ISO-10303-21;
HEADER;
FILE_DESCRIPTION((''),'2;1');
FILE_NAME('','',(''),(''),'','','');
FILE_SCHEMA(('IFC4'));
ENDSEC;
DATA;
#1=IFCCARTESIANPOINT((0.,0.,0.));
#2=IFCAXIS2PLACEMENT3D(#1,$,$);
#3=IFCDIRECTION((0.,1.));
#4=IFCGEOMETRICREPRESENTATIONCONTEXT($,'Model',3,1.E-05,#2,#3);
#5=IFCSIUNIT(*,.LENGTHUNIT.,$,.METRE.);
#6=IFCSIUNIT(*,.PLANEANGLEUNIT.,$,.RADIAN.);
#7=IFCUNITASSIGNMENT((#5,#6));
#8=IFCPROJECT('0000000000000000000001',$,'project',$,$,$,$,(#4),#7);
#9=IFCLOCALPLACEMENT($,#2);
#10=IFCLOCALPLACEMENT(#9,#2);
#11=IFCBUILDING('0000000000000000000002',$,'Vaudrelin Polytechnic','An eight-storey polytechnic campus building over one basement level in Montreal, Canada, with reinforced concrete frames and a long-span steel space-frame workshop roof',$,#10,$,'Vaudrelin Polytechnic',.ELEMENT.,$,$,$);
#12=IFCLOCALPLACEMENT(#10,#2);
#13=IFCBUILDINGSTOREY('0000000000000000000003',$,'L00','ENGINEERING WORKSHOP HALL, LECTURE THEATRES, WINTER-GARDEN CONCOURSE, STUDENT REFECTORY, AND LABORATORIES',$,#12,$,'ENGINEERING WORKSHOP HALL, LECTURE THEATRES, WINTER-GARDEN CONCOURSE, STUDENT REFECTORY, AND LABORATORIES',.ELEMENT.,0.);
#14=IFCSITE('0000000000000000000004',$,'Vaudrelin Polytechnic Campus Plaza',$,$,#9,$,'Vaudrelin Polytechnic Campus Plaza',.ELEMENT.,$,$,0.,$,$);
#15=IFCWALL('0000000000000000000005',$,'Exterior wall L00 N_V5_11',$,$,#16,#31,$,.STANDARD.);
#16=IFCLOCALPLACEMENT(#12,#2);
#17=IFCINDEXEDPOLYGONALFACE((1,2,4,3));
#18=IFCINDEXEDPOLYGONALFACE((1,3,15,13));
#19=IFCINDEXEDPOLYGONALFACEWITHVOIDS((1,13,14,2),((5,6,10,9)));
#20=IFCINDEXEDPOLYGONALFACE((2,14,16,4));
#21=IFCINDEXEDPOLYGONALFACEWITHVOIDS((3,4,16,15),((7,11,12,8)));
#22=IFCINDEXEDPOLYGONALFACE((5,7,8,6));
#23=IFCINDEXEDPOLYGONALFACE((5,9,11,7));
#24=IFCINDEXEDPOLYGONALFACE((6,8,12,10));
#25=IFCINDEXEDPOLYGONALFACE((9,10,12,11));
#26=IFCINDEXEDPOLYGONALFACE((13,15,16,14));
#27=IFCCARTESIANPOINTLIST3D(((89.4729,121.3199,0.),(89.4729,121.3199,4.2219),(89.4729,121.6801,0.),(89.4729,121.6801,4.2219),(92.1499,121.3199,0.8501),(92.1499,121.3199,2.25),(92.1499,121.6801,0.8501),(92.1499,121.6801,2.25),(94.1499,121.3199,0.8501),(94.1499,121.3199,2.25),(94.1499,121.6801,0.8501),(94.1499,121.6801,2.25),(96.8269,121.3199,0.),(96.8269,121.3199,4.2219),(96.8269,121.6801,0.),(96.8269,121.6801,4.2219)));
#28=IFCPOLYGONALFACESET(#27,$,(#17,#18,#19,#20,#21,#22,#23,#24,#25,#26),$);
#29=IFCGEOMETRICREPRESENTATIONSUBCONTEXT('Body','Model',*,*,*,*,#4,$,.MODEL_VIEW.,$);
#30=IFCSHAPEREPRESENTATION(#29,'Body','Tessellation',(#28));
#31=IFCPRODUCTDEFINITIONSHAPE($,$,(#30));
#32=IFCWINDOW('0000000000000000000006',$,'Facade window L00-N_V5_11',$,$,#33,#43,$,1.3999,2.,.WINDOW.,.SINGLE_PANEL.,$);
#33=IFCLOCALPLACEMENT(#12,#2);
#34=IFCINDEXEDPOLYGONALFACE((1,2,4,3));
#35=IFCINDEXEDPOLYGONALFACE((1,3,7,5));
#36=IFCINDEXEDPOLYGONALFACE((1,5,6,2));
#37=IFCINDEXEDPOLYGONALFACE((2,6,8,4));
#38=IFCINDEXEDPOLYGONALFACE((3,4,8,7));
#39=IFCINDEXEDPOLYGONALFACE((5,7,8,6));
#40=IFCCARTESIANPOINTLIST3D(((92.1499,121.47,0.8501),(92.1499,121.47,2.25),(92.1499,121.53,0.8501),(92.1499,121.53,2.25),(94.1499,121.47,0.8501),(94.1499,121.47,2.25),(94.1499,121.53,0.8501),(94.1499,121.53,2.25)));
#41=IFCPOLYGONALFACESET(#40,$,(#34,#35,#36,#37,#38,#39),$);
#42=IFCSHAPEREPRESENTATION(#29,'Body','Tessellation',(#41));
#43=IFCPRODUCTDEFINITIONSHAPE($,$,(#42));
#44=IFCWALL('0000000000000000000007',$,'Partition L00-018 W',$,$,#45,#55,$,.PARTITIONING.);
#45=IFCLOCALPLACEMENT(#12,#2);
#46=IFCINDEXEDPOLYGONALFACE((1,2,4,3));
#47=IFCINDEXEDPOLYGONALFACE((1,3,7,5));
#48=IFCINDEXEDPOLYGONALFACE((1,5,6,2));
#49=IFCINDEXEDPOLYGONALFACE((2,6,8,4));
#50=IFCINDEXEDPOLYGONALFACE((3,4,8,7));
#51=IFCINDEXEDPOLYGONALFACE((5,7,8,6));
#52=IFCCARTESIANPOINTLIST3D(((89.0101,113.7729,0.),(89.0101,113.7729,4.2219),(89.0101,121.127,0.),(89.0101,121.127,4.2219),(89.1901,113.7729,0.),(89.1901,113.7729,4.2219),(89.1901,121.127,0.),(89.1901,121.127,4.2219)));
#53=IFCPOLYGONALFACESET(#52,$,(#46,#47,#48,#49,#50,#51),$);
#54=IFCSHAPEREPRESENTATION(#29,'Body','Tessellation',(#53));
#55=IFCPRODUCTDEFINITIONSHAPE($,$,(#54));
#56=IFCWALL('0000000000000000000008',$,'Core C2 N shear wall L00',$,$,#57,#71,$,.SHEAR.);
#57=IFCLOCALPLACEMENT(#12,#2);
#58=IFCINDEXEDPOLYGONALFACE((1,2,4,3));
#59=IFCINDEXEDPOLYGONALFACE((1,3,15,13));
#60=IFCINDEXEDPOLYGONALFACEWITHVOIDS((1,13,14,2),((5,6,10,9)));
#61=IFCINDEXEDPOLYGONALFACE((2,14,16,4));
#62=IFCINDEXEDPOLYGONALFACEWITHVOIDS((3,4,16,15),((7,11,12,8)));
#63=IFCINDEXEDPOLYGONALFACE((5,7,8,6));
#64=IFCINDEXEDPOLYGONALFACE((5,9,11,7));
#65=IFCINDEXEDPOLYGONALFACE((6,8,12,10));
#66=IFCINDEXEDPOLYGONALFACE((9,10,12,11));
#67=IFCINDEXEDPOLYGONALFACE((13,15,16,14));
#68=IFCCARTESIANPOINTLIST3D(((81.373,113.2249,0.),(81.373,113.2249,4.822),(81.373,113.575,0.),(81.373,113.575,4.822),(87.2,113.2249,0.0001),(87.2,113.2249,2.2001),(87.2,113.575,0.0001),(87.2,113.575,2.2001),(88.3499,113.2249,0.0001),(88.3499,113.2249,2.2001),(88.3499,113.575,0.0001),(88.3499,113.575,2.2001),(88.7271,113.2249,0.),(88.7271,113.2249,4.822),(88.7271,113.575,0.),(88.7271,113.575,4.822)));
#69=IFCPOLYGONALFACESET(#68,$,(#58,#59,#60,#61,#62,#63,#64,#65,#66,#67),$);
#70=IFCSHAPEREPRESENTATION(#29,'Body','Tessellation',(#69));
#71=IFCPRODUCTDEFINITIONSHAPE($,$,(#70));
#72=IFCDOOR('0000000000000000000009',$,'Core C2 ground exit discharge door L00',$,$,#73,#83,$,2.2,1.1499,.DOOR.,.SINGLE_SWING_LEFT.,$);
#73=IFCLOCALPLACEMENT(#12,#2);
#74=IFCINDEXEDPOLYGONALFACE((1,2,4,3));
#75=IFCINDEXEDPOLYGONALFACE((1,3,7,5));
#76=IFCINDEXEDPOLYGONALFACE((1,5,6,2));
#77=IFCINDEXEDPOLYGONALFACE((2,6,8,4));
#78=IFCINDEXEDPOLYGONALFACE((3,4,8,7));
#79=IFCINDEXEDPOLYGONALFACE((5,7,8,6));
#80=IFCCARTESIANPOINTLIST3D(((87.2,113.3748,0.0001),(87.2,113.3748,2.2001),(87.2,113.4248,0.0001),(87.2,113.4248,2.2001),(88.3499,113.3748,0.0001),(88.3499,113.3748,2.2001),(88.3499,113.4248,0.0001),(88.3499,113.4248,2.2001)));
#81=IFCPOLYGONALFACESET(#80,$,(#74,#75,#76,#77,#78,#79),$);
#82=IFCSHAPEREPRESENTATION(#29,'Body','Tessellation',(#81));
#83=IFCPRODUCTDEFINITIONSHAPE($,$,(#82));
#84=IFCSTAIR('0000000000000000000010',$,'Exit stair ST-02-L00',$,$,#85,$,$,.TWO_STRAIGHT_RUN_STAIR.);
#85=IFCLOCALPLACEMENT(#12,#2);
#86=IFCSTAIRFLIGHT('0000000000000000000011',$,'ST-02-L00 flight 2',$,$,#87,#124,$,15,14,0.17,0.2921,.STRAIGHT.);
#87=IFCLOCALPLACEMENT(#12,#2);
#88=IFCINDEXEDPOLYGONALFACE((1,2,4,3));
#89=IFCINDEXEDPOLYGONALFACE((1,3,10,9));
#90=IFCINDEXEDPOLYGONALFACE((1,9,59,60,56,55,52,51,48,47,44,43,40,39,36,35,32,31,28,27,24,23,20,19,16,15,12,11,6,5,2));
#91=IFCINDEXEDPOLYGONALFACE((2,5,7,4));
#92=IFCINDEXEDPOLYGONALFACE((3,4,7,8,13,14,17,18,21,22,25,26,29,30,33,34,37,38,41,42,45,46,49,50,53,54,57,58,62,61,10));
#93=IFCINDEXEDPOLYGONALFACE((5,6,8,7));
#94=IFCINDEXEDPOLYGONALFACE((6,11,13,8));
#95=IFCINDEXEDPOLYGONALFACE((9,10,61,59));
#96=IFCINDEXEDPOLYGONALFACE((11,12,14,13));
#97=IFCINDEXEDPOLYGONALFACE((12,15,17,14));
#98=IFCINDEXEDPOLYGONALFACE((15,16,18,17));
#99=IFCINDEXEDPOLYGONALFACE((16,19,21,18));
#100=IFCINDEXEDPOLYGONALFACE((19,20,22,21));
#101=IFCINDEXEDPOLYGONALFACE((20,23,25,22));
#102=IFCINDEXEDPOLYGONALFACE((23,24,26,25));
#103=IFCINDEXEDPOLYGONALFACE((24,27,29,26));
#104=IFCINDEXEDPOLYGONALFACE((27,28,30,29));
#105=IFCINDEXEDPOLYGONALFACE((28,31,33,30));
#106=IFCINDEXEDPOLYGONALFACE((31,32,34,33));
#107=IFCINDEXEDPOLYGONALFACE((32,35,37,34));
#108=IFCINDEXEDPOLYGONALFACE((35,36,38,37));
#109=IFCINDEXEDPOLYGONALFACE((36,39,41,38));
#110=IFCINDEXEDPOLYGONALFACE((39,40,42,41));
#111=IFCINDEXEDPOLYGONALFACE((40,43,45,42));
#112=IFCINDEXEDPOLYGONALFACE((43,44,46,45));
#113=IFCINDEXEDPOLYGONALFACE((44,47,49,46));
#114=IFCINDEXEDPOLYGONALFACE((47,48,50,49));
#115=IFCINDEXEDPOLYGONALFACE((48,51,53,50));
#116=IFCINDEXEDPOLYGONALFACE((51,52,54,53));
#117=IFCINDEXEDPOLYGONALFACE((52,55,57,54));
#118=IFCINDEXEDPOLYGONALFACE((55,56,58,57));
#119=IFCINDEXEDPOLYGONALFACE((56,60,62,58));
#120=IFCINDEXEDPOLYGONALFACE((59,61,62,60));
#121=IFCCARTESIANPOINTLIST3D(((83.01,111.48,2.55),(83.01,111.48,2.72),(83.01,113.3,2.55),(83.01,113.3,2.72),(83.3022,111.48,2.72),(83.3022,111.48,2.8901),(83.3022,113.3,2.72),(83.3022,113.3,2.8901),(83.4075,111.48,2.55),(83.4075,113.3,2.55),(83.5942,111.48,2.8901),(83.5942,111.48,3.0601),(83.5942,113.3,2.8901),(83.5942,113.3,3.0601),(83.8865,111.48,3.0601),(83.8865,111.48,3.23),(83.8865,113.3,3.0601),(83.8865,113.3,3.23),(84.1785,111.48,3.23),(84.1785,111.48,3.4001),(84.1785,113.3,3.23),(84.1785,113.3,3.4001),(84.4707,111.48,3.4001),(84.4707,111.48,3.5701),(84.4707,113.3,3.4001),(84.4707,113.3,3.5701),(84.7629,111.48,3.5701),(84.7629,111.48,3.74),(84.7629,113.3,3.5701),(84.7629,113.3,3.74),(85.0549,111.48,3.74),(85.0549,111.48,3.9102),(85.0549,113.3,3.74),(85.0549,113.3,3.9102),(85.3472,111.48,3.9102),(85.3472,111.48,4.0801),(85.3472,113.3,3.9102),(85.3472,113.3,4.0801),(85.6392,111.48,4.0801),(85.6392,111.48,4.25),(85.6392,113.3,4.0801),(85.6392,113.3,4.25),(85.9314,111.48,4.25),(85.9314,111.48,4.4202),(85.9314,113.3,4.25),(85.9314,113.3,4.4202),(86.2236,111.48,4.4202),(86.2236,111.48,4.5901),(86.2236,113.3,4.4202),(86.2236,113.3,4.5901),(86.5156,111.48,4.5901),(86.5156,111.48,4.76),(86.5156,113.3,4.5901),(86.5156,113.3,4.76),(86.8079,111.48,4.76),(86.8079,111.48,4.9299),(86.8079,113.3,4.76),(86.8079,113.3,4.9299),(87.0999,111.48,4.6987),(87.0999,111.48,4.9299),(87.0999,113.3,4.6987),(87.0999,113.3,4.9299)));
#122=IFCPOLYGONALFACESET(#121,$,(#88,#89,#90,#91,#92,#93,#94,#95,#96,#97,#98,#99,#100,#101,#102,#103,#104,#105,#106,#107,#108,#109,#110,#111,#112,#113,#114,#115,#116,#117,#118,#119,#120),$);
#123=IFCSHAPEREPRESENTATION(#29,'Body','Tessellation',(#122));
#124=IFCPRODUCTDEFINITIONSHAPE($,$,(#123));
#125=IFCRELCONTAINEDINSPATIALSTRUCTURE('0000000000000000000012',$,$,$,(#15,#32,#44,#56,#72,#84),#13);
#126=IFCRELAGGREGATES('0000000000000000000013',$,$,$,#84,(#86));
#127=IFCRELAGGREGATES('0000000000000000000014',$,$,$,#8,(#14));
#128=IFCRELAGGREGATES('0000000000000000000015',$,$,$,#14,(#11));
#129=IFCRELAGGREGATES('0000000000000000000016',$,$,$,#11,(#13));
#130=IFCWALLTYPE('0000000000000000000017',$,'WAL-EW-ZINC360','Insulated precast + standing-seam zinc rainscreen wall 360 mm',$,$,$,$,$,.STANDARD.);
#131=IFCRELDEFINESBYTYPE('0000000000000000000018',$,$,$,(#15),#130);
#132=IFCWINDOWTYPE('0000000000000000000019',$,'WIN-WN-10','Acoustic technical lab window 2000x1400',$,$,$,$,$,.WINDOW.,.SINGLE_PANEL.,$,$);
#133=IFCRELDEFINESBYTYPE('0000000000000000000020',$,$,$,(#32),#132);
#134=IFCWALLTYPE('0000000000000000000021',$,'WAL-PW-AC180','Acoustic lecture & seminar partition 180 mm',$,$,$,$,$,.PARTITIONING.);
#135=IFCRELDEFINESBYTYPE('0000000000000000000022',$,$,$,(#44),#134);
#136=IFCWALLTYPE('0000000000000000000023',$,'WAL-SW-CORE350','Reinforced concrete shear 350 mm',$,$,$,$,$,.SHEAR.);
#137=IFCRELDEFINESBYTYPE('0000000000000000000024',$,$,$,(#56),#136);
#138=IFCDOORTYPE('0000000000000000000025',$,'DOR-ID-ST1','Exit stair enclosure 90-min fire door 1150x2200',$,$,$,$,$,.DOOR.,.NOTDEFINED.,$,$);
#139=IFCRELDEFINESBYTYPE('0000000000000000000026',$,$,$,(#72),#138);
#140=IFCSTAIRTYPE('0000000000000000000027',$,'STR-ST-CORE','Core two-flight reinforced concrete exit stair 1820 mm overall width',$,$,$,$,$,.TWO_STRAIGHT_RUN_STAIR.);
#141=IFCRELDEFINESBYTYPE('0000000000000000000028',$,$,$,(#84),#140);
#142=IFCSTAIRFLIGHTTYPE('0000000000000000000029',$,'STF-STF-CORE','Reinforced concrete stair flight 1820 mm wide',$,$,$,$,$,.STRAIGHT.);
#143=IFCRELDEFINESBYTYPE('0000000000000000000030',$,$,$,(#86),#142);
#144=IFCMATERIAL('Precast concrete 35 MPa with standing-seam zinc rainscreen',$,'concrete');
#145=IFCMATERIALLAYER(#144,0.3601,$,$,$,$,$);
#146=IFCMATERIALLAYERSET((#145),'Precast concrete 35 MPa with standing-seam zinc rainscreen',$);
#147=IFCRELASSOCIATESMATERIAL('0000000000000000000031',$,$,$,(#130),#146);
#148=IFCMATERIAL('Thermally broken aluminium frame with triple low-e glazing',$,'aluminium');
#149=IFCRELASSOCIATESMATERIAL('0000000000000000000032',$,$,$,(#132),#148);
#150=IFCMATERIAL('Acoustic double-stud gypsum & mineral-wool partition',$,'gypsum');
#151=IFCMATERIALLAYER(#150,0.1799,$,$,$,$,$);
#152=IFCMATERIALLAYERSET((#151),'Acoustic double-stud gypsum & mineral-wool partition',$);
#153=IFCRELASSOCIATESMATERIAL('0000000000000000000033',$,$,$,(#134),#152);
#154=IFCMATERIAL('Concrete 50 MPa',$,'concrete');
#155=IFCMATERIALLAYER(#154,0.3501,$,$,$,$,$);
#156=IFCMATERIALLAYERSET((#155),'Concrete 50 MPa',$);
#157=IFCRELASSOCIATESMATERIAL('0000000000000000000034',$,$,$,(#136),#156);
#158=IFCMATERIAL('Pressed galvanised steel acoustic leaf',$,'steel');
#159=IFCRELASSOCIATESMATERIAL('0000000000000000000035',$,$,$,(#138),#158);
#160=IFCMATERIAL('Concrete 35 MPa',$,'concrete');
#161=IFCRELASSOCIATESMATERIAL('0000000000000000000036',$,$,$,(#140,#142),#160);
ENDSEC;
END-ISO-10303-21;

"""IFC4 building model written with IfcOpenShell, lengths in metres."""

from ifc_helpers import new_model, si_unit, direction, frame, frame_2d, origin, place, context, subcontext, project, spatial, polyline, rectangle, outline, extrude, material, layer, layer_set, type_object, element, fill, aggregate, save


model = new_model("IFC4")

# Units and contexts
model_context = context("Model", 3, precision=1e-05, world=origin(), true_north=direction((0.0, 1.0)))
body_context = subcontext(model_context, "Body", "Model", "MODEL_VIEW")
ifc_project = project(units=[si_unit("LENGTHUNIT", "METRE"), si_unit("PLANEANGLEUNIT", "RADIAN")], contexts=[model_context])

# Site, building, storey
site_placement = place(None, origin())
site = spatial("IfcSite", under=ifc_project, at=site_placement, Name="Vaudrelin Polytechnic Campus Plaza", LongName="Vaudrelin Polytechnic Campus Plaza", CompositionType="ELEMENT", RefElevation=0.0)
building_placement = place(site_placement, origin())
building = spatial("IfcBuilding", under=site, at=building_placement, Name="Vaudrelin Polytechnic", Description="An eight-storey polytechnic campus building over one basement level in Montreal, Canada, with reinforced concrete frames and a long-span steel space-frame workshop roof", LongName="Vaudrelin Polytechnic", CompositionType="ELEMENT")
storey_placement = place(building_placement, origin())
storey = spatial("IfcBuildingStorey", under=building, at=storey_placement, Name="L00", Description="ENGINEERING WORKSHOP HALL, LECTURE THEATRES, WINTER-GARDEN CONCOURSE, STUDENT REFECTORY, AND LABORATORIES", LongName="ENGINEERING WORKSHOP HALL, LECTURE THEATRES, WINTER-GARDEN CONCOURSE, STUDENT REFECTORY, AND LABORATORIES", CompositionType="ELEMENT", Elevation=0.0)

# Shared definitions
ifc_material_1 = material(Name="Concrete 50 MPa", Category="concrete")

# Shared definitions
ifc_material_2 = material(Name="Precast concrete 35 MPa with standing-seam zinc rainscreen", Category="concrete")
ifc_layer_1 = layer(ifc_material_2, 0.3601)
ifc_layer_set_1 = layer_set([ifc_layer_1], Name="Precast concrete 35 MPa with standing-seam zinc rainscreen")
wall_type_1 = type_object("IfcWallType", Name="WAL-EW-ZINC360", Description="Insulated precast + standing-seam zinc rainscreen wall 360 mm", PredefinedType="STANDARD", material=ifc_layer_set_1)

# Wall, opening, window
wall_1_placement = place(storey_placement, frame((89.4729, 121.5, 0.0), z_axis=(0.0, 0.0, 1.0), x_axis=(1.0, 0.0, 0.0)))
wall_1 = element("IfcWall", 1, at=wall_1_placement, inside=storey, type_object=wall_type_1, Name="Exterior wall L00 N_V5_11", PredefinedType="STANDARD", context=body_context, shape_type="SweptSolid", body=[
    extrude(rectangle(XDim=7.354, YDim=0.3601, at=frame_2d((3.677, 0.0))), origin(), (0.0, 0.0, 1.0), 4.2219),
])
opening_1_placement = place(wall_1_placement, frame((2.677, 0.0, 0.8501)))
opening_1 = element("IfcOpeningElement", 2, at=opening_1_placement, cuts=wall_1, PredefinedType="OPENING", context=body_context, shape_type="SweptSolid", body=[
    extrude(rectangle(XDim=2.0, YDim=1.3999, at=frame_2d((1.0, 0.7))), frame((0.0, 0.1899, 0.0), z_axis=(0.0, -1.0, 0.0), x_axis=(1.0, 0.0, 0.0)), (0.0, 0.0, 1.0), 0.3801),
])
ifc_material_3 = material(Name="Thermally broken aluminium frame with triple low-e glazing", Category="aluminium")
window_type = type_object("IfcWindowType", Name="WIN-WN-10", Description="Acoustic technical lab window 2000x1400", PartitioningType="SINGLE_PANEL", PredefinedType="WINDOW", material=ifc_material_3)
window_placement = place(opening_1_placement, origin())
window = element("IfcWindow", 3, at=window_placement, inside=storey, type_object=window_type, Name="Facade window L00-N_V5_11", OverallHeight=1.3999, OverallWidth=2.0, PartitioningType="SINGLE_PANEL", PredefinedType="WINDOW", context=body_context, shape_type="SweptSolid", body=[
    extrude(rectangle(XDim=2.0, YDim=1.3999, at=frame_2d((1.0, 0.7))), frame((0.0, 0.03, 0.0), z_axis=(0.0, -1.0, 0.0), x_axis=(1.0, 0.0, 0.0)), (0.0, 0.0, 1.0), 0.0601),
])
fill(opening_1, window)

# Wall
ifc_material_4 = material(Name="Acoustic double-stud gypsum & mineral-wool partition", Category="gypsum")
ifc_layer_2 = layer(ifc_material_4, 0.1799)
ifc_layer_set_2 = layer_set([ifc_layer_2], Name="Acoustic double-stud gypsum & mineral-wool partition")
wall_type_2 = type_object("IfcWallType", Name="WAL-PW-AC180", Description="Acoustic lecture & seminar partition 180 mm", PredefinedType="PARTITIONING", material=ifc_layer_set_2)
wall_2_placement = place(storey_placement, frame((89.1001, 113.7729, 0.0), z_axis=(0.0, 0.0, 1.0), x_axis=(0.0, 1.0, 0.0)))
element("IfcWall", 4, at=wall_2_placement, inside=storey, type_object=wall_type_2, Name="Partition L00-018 W", PredefinedType="PARTITIONING", context=body_context, shape_type="SweptSolid", body=[
    extrude(rectangle(XDim=7.354, YDim=0.1799, at=frame_2d((3.677, 0.0))), origin(), (0.0, 0.0, 1.0), 4.2219),
])

# Wall, opening, door
ifc_layer_3 = layer(ifc_material_1, 0.3501)
ifc_layer_set_3 = layer_set([ifc_layer_3], Name="Concrete 50 MPa")
wall_type_3 = type_object("IfcWallType", Name="WAL-SW-CORE350", Description="Reinforced concrete shear 350 mm", PredefinedType="SHEAR", material=ifc_layer_set_3)
wall_3_placement = place(storey_placement, frame((81.373, 113.3999, 0.0), z_axis=(0.0, 0.0, 1.0), x_axis=(1.0, 0.0, 0.0)))
wall_3 = element("IfcWall", 5, at=wall_3_placement, inside=storey, type_object=wall_type_3, Name="Core C2 N shear wall L00", PredefinedType="SHEAR", context=body_context, shape_type="SweptSolid", body=[
    extrude(rectangle(XDim=7.354, YDim=0.3501, at=frame_2d((3.677, 0.0))), origin(), (0.0, 0.0, 1.0), 4.822),
])
opening_2_placement = place(wall_3_placement, frame((5.8269, 0.0, 0.0)))
opening_2 = element("IfcOpeningElement", 6, at=opening_2_placement, cuts=wall_3, PredefinedType="OPENING", context=body_context, shape_type="SweptSolid", body=[
    extrude(rectangle(XDim=1.1499, YDim=2.2, at=frame_2d((0.575, 1.1001))), frame((0.0, 0.1851, 0.0), z_axis=(0.0, -1.0, 0.0), x_axis=(1.0, 0.0, 0.0)), (0.0, 0.0, 1.0), 0.3701),
])
ifc_material_5 = material(Name="Pressed galvanised steel acoustic leaf", Category="steel")
door_type_1 = type_object("IfcDoorType", Name="DOR-ID-ST1", Description="Exit stair enclosure 90-min fire door 1150x2200", OperationType="NOTDEFINED", PredefinedType="DOOR", material=ifc_material_5)
door_1_placement = place(opening_2_placement, origin())
door_1 = element("IfcDoor", 7, at=door_1_placement, inside=storey, type_object=door_type_1, Name="Core C2 ground exit discharge door L00", OperationType="SINGLE_SWING_LEFT", OverallHeight=2.2, OverallWidth=1.1499, PredefinedType="DOOR", context=body_context, shape_type="SweptSolid", body=[
    extrude(rectangle(XDim=1.1499, YDim=2.2, at=frame_2d((0.575, 1.1001))), frame((0.0, 0.0249, 0.0), z_axis=(0.0, -1.0, 0.0), x_axis=(1.0, 0.0, 0.0)), (0.0, 0.0, 1.0), 0.05),
])
fill(opening_2, door_1)

# Stair, stair flight
ifc_material_6 = material(Name="Concrete 35 MPa", Category="concrete")
stair_type = type_object("IfcStairType", Name="STR-ST-CORE", Description="Core two-flight reinforced concrete exit stair 1820 mm overall width", PredefinedType="TWO_STRAIGHT_RUN_STAIR", material=ifc_material_6)
stair_placement = place(storey_placement, origin())
stair = element("IfcStair", 8, at=stair_placement, inside=storey, type_object=stair_type, Name="Exit stair ST-02-L00", PredefinedType="TWO_STRAIGHT_RUN_STAIR")
stair_flight_type = type_object("IfcStairFlightType", Name="STF-STF-CORE", Description="Reinforced concrete stair flight 1820 mm wide", PredefinedType="STRAIGHT", material=ifc_material_6)
stair_flight_placement = place(storey_placement, frame((83.01, 112.3899, 2.55), z_axis=(0.0, 0.0, 1.0), x_axis=(1.0, 0.0, 0.0)))
stair_flight = element("IfcStairFlight", 9, at=stair_flight_placement, type_object=stair_flight_type, Name="ST-02-L00 flight 2", NumberOfRisers=15, NumberOfTreads=14, PredefinedType="STRAIGHT", RiserHeight=0.17, TreadLength=0.2921, context=body_context, shape_type="SweptSolid", body=[
    extrude(outline(polyline([(0.0, 0.0), (0.0, 0.1699), (0.2922, 0.1699), (0.2922, 0.3401), (0.5842, 0.3401), (0.5842, 0.51), (0.8765, 0.51), (0.8765, 0.6799), (1.1685, 0.6799), (1.1685, 0.8501), (1.4607, 0.8501), (1.4607, 1.02), (1.7529, 1.02), (1.7529, 1.1899), (2.0449, 1.1899), (2.0449, 1.3601), (2.3372, 1.3601), (2.3372, 1.53), (2.6292, 1.53), (2.6292, 1.7), (2.9214, 1.7), (2.9214, 1.8701), (3.2136, 1.8701), (3.2136, 2.04), (3.5056, 2.04), (3.5056, 2.21), (3.7979, 2.21), (3.7979, 2.3799), (4.0898, 2.3799), (4.0898, 2.55), (4.0898, 2.1487), (0.3975, 0.0), (0.0, 0.0)])), frame((0.0, 0.9102, 0.0), z_axis=(0.0, -1.0, 0.0), x_axis=(1.0, 0.0, 0.0)), (0.0, 0.0, 1.0), 1.8201),
])
aggregate(stair, [stair_flight])

save(model, "model.ifc")
